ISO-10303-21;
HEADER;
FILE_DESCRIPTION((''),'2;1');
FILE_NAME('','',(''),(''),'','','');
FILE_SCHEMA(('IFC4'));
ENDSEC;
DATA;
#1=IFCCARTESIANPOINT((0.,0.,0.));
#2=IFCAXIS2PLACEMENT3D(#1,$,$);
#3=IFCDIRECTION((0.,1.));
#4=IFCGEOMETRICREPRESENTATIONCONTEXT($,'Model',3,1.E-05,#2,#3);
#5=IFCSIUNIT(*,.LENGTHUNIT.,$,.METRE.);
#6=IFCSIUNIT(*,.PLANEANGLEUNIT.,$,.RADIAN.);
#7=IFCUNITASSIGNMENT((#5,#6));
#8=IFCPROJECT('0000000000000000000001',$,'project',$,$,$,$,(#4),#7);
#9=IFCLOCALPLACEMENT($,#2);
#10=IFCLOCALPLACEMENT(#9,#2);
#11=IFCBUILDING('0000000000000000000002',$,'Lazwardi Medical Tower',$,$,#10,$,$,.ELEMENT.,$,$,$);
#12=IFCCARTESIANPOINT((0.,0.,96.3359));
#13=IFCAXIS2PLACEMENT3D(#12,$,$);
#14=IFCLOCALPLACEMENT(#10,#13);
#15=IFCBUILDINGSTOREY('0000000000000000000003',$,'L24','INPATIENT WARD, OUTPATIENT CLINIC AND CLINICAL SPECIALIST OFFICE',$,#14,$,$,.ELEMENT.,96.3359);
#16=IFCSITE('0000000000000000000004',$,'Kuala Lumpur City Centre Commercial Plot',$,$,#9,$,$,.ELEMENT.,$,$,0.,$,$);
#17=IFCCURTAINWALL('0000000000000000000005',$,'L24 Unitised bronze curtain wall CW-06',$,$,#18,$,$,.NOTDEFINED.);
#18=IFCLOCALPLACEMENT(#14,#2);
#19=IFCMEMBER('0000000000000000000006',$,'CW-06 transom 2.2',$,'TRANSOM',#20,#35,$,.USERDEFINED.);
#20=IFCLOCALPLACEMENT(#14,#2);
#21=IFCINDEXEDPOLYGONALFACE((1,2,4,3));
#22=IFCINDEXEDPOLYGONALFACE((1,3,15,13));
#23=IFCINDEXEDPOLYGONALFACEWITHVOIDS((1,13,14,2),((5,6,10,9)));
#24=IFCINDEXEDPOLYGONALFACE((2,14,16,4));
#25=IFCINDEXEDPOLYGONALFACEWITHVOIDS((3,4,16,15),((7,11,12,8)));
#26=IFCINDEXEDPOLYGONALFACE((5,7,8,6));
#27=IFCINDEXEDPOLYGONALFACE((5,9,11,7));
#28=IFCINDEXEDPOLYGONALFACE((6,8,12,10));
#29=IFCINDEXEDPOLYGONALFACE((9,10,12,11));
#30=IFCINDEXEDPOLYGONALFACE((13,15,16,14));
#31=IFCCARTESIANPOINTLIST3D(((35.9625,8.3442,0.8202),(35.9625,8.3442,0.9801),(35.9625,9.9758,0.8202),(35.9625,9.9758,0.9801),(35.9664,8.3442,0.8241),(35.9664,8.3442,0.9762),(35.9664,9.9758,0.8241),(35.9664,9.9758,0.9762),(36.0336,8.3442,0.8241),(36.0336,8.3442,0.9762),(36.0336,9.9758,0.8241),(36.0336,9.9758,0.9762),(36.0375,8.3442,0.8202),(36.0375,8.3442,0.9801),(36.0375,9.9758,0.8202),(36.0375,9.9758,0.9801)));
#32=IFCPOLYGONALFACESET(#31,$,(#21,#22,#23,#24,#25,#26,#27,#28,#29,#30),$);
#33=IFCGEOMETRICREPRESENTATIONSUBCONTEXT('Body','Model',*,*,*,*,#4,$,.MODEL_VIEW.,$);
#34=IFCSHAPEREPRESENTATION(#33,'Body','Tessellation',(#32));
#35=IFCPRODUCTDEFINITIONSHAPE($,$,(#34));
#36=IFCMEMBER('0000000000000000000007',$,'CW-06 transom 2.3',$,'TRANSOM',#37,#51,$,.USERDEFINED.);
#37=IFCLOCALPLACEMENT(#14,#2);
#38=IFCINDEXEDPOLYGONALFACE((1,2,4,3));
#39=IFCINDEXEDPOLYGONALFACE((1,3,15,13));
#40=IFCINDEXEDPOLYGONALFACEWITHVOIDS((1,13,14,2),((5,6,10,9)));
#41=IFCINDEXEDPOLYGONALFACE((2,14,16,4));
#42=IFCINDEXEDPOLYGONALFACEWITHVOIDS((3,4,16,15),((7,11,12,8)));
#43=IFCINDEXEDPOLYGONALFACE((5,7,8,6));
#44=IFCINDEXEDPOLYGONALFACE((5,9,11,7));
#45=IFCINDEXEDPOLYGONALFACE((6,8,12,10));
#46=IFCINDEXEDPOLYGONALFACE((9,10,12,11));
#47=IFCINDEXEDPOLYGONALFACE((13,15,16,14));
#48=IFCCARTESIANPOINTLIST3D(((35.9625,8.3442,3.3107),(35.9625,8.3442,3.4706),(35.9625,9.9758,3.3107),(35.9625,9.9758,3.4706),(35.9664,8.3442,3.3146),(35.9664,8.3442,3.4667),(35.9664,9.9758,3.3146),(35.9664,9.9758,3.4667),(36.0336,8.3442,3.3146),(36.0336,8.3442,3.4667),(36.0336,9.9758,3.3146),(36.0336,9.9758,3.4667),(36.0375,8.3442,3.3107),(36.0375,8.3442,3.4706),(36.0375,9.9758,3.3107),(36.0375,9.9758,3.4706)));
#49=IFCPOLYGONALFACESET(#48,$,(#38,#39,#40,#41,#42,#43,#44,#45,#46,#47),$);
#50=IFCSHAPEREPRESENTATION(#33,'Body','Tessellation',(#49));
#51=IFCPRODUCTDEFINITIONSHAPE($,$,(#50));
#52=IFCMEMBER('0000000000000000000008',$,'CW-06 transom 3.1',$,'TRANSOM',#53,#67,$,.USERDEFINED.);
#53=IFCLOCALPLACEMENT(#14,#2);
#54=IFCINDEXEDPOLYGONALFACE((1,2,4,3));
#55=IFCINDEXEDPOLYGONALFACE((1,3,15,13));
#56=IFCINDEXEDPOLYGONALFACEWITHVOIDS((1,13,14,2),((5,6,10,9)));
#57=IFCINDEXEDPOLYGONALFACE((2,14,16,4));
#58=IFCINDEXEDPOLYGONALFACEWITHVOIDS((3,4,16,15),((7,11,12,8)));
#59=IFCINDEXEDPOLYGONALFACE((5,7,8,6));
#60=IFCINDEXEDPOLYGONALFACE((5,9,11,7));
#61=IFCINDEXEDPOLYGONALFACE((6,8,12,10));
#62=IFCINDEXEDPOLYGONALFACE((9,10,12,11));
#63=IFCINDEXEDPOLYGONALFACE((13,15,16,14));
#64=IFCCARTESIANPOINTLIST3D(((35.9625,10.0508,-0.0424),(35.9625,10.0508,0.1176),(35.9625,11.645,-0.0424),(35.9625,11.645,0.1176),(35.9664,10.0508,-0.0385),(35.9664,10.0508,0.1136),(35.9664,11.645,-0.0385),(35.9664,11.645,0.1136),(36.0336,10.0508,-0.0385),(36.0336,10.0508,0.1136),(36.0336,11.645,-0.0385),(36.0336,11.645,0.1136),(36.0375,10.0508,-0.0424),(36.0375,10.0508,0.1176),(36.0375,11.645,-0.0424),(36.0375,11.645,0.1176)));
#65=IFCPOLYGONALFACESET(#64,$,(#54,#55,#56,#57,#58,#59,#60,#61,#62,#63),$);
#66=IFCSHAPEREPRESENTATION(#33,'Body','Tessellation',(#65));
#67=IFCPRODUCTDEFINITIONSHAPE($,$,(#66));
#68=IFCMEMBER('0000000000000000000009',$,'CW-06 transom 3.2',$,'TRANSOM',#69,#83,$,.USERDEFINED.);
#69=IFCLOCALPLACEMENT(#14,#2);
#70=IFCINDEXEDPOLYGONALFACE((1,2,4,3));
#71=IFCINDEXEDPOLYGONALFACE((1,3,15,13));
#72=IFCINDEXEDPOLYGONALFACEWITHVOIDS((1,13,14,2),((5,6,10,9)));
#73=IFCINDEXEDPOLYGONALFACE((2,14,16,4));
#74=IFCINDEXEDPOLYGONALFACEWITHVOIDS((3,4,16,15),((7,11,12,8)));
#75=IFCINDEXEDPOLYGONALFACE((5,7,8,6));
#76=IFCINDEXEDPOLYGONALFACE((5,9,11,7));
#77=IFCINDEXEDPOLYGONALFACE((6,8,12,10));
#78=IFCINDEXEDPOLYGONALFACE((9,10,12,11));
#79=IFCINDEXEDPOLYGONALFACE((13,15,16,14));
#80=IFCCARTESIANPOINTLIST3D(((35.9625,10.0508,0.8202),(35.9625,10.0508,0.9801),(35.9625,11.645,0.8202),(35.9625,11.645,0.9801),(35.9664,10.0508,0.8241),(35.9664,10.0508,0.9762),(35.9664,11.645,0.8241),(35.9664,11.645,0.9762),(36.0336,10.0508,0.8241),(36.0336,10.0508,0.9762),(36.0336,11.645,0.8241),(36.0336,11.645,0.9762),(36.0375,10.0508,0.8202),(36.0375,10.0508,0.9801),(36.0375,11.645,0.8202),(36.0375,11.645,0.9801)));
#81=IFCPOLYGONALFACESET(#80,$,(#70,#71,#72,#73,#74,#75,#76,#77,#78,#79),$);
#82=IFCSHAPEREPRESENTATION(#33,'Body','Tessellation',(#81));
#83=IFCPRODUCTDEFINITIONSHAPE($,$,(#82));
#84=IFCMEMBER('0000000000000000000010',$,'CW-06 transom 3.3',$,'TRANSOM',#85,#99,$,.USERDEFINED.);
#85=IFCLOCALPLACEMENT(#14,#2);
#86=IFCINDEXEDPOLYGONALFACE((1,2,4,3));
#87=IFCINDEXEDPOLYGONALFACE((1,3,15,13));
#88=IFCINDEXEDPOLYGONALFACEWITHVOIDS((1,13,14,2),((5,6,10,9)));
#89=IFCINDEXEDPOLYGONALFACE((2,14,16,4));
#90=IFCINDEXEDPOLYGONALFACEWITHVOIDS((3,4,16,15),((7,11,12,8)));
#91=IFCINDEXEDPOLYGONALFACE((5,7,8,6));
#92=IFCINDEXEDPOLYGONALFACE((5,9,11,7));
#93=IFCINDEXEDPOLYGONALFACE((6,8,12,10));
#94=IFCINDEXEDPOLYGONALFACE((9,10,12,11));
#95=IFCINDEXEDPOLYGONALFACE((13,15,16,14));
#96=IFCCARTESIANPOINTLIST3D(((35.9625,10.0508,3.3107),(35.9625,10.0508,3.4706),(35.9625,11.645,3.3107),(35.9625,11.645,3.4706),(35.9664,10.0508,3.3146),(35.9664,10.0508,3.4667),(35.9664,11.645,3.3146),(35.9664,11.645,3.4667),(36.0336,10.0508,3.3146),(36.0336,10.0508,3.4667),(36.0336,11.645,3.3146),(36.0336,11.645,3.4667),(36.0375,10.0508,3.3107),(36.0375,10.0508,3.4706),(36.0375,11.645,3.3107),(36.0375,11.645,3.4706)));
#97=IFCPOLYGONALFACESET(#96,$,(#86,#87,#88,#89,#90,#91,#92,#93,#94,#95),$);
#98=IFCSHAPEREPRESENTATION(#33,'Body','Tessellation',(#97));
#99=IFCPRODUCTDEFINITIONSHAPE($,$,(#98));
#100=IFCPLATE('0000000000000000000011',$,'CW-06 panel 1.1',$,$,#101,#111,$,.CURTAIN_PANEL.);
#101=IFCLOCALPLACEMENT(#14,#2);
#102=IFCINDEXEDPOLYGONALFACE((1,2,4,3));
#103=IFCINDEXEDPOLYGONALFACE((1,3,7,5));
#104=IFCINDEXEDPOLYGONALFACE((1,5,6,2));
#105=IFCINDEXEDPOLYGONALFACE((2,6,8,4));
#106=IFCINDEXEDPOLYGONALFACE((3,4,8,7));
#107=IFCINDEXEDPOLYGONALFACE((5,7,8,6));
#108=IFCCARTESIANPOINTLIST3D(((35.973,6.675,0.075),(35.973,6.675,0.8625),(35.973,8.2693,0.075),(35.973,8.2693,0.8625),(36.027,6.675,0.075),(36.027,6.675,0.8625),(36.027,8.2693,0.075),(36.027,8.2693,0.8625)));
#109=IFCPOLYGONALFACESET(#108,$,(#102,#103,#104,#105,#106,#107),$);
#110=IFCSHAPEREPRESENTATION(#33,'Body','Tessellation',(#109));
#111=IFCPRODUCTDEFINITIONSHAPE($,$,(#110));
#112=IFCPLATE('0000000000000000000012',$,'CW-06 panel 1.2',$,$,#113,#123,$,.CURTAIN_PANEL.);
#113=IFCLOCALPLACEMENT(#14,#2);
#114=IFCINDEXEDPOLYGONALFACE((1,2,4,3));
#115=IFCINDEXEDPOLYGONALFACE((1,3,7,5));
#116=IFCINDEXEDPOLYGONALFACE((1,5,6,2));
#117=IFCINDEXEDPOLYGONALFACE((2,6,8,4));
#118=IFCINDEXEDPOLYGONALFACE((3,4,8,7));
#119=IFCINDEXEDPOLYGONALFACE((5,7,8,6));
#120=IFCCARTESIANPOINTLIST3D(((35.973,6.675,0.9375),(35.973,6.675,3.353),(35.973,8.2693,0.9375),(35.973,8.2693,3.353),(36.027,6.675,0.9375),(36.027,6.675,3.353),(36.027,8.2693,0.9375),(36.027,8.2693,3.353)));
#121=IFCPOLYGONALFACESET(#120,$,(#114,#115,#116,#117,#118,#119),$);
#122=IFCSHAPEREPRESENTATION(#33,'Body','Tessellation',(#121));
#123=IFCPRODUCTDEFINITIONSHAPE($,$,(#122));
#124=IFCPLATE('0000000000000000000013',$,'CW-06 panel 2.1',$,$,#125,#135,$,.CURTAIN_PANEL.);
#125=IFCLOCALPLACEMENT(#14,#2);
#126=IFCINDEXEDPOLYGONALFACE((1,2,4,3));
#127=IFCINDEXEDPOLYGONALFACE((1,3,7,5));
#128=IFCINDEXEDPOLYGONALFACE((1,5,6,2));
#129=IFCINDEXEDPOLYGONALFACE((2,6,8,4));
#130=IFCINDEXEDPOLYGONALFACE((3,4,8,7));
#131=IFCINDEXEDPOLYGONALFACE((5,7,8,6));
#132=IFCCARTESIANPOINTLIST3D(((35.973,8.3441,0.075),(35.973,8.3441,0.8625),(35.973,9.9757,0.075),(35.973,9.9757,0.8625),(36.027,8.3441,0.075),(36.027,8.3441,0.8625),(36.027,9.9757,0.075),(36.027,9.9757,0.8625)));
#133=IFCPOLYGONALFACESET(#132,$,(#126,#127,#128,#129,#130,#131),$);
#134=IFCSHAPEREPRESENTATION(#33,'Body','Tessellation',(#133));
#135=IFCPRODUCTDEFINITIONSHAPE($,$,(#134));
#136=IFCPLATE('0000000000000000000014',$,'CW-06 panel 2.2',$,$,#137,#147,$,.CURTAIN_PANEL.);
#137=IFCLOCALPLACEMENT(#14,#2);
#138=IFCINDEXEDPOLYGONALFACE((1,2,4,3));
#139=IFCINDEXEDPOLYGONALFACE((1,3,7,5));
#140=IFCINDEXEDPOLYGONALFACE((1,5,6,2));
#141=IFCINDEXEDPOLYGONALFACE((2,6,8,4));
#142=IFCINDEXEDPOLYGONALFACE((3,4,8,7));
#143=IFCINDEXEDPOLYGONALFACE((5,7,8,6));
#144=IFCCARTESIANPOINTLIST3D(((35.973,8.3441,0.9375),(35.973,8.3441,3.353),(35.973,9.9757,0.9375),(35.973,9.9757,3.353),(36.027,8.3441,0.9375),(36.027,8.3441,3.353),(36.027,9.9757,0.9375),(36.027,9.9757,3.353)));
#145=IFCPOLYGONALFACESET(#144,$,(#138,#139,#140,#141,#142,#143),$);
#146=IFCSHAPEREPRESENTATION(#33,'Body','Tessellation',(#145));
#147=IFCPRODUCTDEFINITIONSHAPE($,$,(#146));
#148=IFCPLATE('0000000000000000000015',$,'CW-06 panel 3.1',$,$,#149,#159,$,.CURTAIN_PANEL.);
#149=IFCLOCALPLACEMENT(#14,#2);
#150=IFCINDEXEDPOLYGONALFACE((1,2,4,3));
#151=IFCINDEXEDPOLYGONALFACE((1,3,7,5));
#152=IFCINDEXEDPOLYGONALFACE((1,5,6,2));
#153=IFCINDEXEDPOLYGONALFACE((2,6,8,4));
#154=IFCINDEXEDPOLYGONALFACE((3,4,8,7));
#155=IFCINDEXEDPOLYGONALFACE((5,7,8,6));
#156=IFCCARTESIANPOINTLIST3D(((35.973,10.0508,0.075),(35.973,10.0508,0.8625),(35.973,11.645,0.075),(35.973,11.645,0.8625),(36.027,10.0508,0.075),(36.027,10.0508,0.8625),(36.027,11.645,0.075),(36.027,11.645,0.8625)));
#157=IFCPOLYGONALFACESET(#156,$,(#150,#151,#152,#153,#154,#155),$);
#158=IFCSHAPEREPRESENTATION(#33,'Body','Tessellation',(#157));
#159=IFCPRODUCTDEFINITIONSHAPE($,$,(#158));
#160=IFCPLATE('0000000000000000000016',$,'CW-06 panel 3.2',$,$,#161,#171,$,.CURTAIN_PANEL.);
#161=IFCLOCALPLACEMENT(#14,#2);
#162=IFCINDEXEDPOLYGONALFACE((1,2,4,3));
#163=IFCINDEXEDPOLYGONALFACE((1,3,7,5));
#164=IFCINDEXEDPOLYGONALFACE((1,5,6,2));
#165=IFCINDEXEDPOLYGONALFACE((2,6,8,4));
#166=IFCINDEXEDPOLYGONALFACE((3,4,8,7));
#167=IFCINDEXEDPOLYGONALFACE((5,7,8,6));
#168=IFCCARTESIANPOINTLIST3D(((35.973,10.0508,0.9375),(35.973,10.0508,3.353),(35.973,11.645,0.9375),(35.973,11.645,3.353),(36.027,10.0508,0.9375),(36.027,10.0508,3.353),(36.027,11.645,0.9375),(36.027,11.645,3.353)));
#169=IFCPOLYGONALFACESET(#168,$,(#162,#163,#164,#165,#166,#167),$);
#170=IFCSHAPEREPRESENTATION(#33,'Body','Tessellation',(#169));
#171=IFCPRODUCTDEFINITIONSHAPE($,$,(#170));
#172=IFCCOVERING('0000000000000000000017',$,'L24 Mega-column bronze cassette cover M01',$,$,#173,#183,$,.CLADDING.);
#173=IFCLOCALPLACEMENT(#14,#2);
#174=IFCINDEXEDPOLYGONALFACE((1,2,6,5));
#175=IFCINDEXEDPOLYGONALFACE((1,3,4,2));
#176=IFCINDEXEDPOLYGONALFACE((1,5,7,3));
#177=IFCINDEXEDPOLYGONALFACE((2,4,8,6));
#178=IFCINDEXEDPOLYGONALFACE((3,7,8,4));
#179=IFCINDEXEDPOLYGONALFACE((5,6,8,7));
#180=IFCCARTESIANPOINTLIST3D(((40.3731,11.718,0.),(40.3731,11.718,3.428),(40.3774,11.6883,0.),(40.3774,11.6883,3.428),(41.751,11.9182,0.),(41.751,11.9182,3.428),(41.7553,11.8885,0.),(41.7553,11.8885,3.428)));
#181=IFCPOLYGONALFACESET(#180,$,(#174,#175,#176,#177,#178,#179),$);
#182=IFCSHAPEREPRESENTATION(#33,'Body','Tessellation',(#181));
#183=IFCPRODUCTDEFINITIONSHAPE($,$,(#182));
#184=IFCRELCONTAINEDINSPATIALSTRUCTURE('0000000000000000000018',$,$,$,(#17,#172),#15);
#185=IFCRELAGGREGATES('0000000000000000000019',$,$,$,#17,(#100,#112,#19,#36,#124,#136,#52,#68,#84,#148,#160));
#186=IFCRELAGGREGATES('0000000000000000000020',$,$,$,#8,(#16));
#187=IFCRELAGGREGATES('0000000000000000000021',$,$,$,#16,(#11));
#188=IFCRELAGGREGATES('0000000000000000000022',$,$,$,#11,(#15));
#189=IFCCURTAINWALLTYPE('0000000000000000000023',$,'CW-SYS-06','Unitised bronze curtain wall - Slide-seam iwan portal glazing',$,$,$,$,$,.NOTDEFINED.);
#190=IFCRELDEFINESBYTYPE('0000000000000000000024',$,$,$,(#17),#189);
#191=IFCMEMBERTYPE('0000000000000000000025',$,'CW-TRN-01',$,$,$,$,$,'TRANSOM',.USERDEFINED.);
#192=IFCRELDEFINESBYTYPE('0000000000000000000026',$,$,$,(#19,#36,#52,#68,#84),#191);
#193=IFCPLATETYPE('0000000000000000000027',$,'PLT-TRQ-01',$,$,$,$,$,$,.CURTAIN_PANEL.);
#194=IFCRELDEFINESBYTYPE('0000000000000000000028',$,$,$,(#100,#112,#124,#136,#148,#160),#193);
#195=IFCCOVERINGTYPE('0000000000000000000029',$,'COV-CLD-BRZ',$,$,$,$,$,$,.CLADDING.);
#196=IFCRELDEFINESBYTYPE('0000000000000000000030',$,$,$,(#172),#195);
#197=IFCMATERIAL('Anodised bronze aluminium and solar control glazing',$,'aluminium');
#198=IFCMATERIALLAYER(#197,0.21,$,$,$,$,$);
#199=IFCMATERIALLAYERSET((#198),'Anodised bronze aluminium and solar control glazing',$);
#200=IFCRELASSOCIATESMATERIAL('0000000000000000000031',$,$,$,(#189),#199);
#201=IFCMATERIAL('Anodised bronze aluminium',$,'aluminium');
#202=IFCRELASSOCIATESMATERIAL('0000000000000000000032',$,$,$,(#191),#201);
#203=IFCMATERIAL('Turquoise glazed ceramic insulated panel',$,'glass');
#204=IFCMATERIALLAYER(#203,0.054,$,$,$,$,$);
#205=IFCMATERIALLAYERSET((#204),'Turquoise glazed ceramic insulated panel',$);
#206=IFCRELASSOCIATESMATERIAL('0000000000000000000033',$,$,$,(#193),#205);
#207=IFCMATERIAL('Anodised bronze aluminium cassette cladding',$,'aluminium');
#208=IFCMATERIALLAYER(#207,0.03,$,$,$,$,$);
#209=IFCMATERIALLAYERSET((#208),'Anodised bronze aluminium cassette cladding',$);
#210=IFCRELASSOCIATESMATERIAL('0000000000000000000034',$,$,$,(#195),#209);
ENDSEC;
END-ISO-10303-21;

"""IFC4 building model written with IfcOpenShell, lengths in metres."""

from ifc_helpers import new_model, si_unit, direction, frame, origin, origin_2d, place, context, subcontext, project, spatial, rectangle, hollow_rectangle, extrude, material, layer, layer_set, material_profile, profile_set, type_object, element, aggregate, save


model = new_model("IFC4")

# Units and contexts
model_context = context("Model", 3, precision=1e-05, world=origin(), true_north=direction((0.0, 1.0)))
body_context = subcontext(model_context, "Body", "Model", "MODEL_VIEW")
ifc_project = project(units=[si_unit("LENGTHUNIT", "METRE"), si_unit("PLANEANGLEUNIT", "RADIAN")], contexts=[model_context])

# Site, building, storey
site_placement = place(None, origin())
site = spatial("IfcSite", under=ifc_project, at=site_placement, Name="Kuala Lumpur City Centre Commercial Plot", CompositionType="ELEMENT", RefElevation=0.0)
building_placement = place(site_placement, origin())
building = spatial("IfcBuilding", under=site, at=building_placement, Name="Lazwardi Medical Tower", CompositionType="ELEMENT")
storey_placement = place(building_placement, frame((0.0, 0.0, 96.3359)))
storey = spatial("IfcBuildingStorey", under=building, at=storey_placement, Name="L24", Description="INPATIENT WARD, OUTPATIENT CLINIC AND CLINICAL SPECIALIST OFFICE", CompositionType="ELEMENT", Elevation=96.3359)

# Shared definitions
ifc_material_1 = material(Name="Anodised bronze aluminium and solar control glazing", Category="aluminium")
ifc_material_2 = material(Name="Anodised bronze aluminium", Category="aluminium")

# Curtain wall
ifc_layer_1 = layer(ifc_material_1, 0.21)
ifc_layer_set_1 = layer_set([ifc_layer_1], Name="Anodised bronze aluminium and solar control glazing")
curtain_wall_type_1 = type_object("IfcCurtainWallType", Name="CW-SYS-06", Description="Unitised bronze curtain wall - Slide-seam iwan portal glazing", PredefinedType="NOTDEFINED", material=ifc_layer_set_1)
curtain_wall_1_placement = place(storey_placement, origin())
curtain_wall_1 = element("IfcCurtainWall", 1, at=curtain_wall_1_placement, inside=storey, type_object=curtain_wall_type_1, Name="L24 Unitised bronze curtain wall CW-06", PredefinedType="NOTDEFINED")

# Members
ifc_material_profile_1 = material_profile(ifc_material_2, hollow_rectangle(XDim=0.075, YDim=0.1599, WallThickness=0.0039, at=origin_2d()), Name="ALU-TRANSOM 160x75x4")
ifc_profile_set_1 = profile_set([ifc_material_profile_1], Name="Anodised bronze aluminium")
member_type_1 = type_object("IfcMemberType", Name="CW-TRN-01", ElementType="TRANSOM", PredefinedType="USERDEFINED", material=ifc_profile_set_1)
member_1_placement = place(storey_placement, frame((36.0, 8.3442, 0.9001), z_axis=(0.0, 1.0, 0.0), x_axis=(-1.0, 0.0, 0.0)))
member_1 = element("IfcMember", 2, at=member_1_placement, type_object=member_type_1, Name="CW-06 transom 2.2", ObjectType="TRANSOM", PredefinedType="USERDEFINED", context=body_context, shape_type="SweptSolid", body=[
    extrude(hollow_rectangle(XDim=0.075, YDim=0.1599, WallThickness=0.0039, at=origin_2d()), origin(), (0.0, 0.0, 1.0), 1.6316),
])
member_2_placement = place(storey_placement, frame((36.0, 8.3442, 3.3906), z_axis=(0.0, 1.0, 0.0), x_axis=(-1.0, 0.0, 0.0)))
member_2 = element("IfcMember", 3, at=member_2_placement, type_object=member_type_1, Name="CW-06 transom 2.3", ObjectType="TRANSOM", PredefinedType="USERDEFINED", context=body_context, shape_type="SweptSolid", body=[
    extrude(hollow_rectangle(XDim=0.075, YDim=0.1599, WallThickness=0.0039, at=origin_2d()), origin(), (0.0, 0.0, 1.0), 1.6316),
])
member_3_placement = place(storey_placement, frame((36.0, 10.0508, 0.0376), z_axis=(0.0, 1.0, 0.0), x_axis=(-1.0, 0.0, 0.0)))
member_3 = element("IfcMember", 4, at=member_3_placement, type_object=member_type_1, Name="CW-06 transom 3.1", ObjectType="TRANSOM", PredefinedType="USERDEFINED", context=body_context, shape_type="SweptSolid", body=[
    extrude(hollow_rectangle(XDim=0.075, YDim=0.1599, WallThickness=0.0039, at=origin_2d()), origin(), (0.0, 0.0, 1.0), 1.5942),
])
member_4_placement = place(storey_placement, frame((36.0, 10.0508, 0.9001), z_axis=(0.0, 1.0, 0.0), x_axis=(-1.0, 0.0, 0.0)))
member_4 = element("IfcMember", 5, at=member_4_placement, type_object=member_type_1, Name="CW-06 transom 3.2", ObjectType="TRANSOM", PredefinedType="USERDEFINED", context=body_context, shape_type="SweptSolid", body=[
    extrude(hollow_rectangle(XDim=0.075, YDim=0.1599, WallThickness=0.0039, at=origin_2d()), origin(), (0.0, 0.0, 1.0), 1.5942),
])
member_5_placement = place(storey_placement, frame((36.0, 10.0508, 3.3906), z_axis=(0.0, 1.0, 0.0), x_axis=(-1.0, 0.0, 0.0)))
member_5 = element("IfcMember", 6, at=member_5_placement, type_object=member_type_1, Name="CW-06 transom 3.3", ObjectType="TRANSOM", PredefinedType="USERDEFINED", context=body_context, shape_type="SweptSolid", body=[
    extrude(hollow_rectangle(XDim=0.075, YDim=0.1599, WallThickness=0.0039, at=origin_2d()), origin(), (0.0, 0.0, 1.0), 1.5942),
])

# Plates
ifc_material_3 = material(Name="Turquoise glazed ceramic insulated panel", Category="glass")
ifc_layer_2 = layer(ifc_material_3, 0.054)
ifc_layer_set_2 = layer_set([ifc_layer_2], Name="Turquoise glazed ceramic insulated panel")
plate_type = type_object("IfcPlateType", Name="PLT-TRQ-01", PredefinedType="CURTAIN_PANEL", material=ifc_layer_set_2)
plate_1_placement = place(storey_placement, frame((36.0, 7.4722, 0.075), z_axis=(0.0, 0.0, 1.0), x_axis=(0.0, 1.0, 0.0)))
plate_1 = element("IfcPlate", 7, at=plate_1_placement, type_object=plate_type, Name="CW-06 panel 1.1", PredefinedType="CURTAIN_PANEL", context=body_context, shape_type="SweptSolid", body=[
    extrude(rectangle(XDim=1.5942, YDim=0.054, at=origin_2d()), origin(), (0.0, 0.0, 1.0), 0.7876),
])
plate_2_placement = place(storey_placement, frame((36.0, 7.4722, 0.9375), z_axis=(0.0, 0.0, 1.0), x_axis=(0.0, 1.0, 0.0)))
plate_2 = element("IfcPlate", 8, at=plate_2_placement, type_object=plate_type, Name="CW-06 panel 1.2", PredefinedType="CURTAIN_PANEL", context=body_context, shape_type="SweptSolid", body=[
    extrude(rectangle(XDim=1.5942, YDim=0.054, at=origin_2d()), origin(), (0.0, 0.0, 1.0), 2.4155),
])
plate_3_placement = place(storey_placement, frame((36.0, 9.1599, 0.075), z_axis=(0.0, 0.0, 1.0), x_axis=(0.0, 1.0, 0.0)))
plate_3 = element("IfcPlate", 9, at=plate_3_placement, type_object=plate_type, Name="CW-06 panel 2.1", PredefinedType="CURTAIN_PANEL", context=body_context, shape_type="SweptSolid", body=[
    extrude(rectangle(XDim=1.6316, YDim=0.054, at=origin_2d()), origin(), (0.0, 0.0, 1.0), 0.7876),
])
plate_4_placement = place(storey_placement, frame((36.0, 9.1599, 0.9375), z_axis=(0.0, 0.0, 1.0), x_axis=(0.0, 1.0, 0.0)))
plate_4 = element("IfcPlate", 10, at=plate_4_placement, type_object=plate_type, Name="CW-06 panel 2.2", PredefinedType="CURTAIN_PANEL", context=body_context, shape_type="SweptSolid", body=[
    extrude(rectangle(XDim=1.6316, YDim=0.054, at=origin_2d()), origin(), (0.0, 0.0, 1.0), 2.4155),
])
plate_5_placement = place(storey_placement, frame((36.0, 10.8479, 0.075), z_axis=(0.0, 0.0, 1.0), x_axis=(0.0, 1.0, 0.0)))
plate_5 = element("IfcPlate", 11, at=plate_5_placement, type_object=plate_type, Name="CW-06 panel 3.1", PredefinedType="CURTAIN_PANEL", context=body_context, shape_type="SweptSolid", body=[
    extrude(rectangle(XDim=1.5942, YDim=0.054, at=origin_2d()), origin(), (0.0, 0.0, 1.0), 0.7876),
])
plate_6_placement = place(storey_placement, frame((36.0, 10.8479, 0.9375), z_axis=(0.0, 0.0, 1.0), x_axis=(0.0, 1.0, 0.0)))
plate_6 = element("IfcPlate", 12, at=plate_6_placement, type_object=plate_type, Name="CW-06 panel 3.2", PredefinedType="CURTAIN_PANEL", context=body_context, shape_type="SweptSolid", body=[
    extrude(rectangle(XDim=1.5942, YDim=0.054, at=origin_2d()), origin(), (0.0, 0.0, 1.0), 2.4155),
])
aggregate(curtain_wall_1, [plate_1, plate_2, member_1, member_2, plate_3, plate_4, member_3, member_4, member_5, plate_5, plate_6])

# Covering
ifc_material_4 = material(Name="Anodised bronze aluminium cassette cladding", Category="aluminium")
ifc_layer_3 = layer(ifc_material_4, 0.03)
ifc_layer_set_3 = layer_set([ifc_layer_3], Name="Anodised bronze aluminium cassette cladding")
covering_type_1 = type_object("IfcCoveringType", Name="COV-CLD-BRZ", PredefinedType="CLADDING", material=ifc_layer_set_3)
covering_1_placement = place(storey_placement, frame((41.0642, 11.8032, 0.0), z_axis=(0.0, 0.0, 1.0), x_axis=(0.989609, 0.143785, 0.0)))
element("IfcCovering", 13, at=covering_1_placement, inside=storey, type_object=covering_type_1, Name="L24 Mega-column bronze cassette cover M01", PredefinedType="CLADDING", context=body_context, shape_type="SweptSolid", body=[
    extrude(rectangle(XDim=1.3923, YDim=0.03, at=origin_2d()), origin(), (0.0, 0.0, 1.0), 3.428),
])

save(model, "model.ifc")
